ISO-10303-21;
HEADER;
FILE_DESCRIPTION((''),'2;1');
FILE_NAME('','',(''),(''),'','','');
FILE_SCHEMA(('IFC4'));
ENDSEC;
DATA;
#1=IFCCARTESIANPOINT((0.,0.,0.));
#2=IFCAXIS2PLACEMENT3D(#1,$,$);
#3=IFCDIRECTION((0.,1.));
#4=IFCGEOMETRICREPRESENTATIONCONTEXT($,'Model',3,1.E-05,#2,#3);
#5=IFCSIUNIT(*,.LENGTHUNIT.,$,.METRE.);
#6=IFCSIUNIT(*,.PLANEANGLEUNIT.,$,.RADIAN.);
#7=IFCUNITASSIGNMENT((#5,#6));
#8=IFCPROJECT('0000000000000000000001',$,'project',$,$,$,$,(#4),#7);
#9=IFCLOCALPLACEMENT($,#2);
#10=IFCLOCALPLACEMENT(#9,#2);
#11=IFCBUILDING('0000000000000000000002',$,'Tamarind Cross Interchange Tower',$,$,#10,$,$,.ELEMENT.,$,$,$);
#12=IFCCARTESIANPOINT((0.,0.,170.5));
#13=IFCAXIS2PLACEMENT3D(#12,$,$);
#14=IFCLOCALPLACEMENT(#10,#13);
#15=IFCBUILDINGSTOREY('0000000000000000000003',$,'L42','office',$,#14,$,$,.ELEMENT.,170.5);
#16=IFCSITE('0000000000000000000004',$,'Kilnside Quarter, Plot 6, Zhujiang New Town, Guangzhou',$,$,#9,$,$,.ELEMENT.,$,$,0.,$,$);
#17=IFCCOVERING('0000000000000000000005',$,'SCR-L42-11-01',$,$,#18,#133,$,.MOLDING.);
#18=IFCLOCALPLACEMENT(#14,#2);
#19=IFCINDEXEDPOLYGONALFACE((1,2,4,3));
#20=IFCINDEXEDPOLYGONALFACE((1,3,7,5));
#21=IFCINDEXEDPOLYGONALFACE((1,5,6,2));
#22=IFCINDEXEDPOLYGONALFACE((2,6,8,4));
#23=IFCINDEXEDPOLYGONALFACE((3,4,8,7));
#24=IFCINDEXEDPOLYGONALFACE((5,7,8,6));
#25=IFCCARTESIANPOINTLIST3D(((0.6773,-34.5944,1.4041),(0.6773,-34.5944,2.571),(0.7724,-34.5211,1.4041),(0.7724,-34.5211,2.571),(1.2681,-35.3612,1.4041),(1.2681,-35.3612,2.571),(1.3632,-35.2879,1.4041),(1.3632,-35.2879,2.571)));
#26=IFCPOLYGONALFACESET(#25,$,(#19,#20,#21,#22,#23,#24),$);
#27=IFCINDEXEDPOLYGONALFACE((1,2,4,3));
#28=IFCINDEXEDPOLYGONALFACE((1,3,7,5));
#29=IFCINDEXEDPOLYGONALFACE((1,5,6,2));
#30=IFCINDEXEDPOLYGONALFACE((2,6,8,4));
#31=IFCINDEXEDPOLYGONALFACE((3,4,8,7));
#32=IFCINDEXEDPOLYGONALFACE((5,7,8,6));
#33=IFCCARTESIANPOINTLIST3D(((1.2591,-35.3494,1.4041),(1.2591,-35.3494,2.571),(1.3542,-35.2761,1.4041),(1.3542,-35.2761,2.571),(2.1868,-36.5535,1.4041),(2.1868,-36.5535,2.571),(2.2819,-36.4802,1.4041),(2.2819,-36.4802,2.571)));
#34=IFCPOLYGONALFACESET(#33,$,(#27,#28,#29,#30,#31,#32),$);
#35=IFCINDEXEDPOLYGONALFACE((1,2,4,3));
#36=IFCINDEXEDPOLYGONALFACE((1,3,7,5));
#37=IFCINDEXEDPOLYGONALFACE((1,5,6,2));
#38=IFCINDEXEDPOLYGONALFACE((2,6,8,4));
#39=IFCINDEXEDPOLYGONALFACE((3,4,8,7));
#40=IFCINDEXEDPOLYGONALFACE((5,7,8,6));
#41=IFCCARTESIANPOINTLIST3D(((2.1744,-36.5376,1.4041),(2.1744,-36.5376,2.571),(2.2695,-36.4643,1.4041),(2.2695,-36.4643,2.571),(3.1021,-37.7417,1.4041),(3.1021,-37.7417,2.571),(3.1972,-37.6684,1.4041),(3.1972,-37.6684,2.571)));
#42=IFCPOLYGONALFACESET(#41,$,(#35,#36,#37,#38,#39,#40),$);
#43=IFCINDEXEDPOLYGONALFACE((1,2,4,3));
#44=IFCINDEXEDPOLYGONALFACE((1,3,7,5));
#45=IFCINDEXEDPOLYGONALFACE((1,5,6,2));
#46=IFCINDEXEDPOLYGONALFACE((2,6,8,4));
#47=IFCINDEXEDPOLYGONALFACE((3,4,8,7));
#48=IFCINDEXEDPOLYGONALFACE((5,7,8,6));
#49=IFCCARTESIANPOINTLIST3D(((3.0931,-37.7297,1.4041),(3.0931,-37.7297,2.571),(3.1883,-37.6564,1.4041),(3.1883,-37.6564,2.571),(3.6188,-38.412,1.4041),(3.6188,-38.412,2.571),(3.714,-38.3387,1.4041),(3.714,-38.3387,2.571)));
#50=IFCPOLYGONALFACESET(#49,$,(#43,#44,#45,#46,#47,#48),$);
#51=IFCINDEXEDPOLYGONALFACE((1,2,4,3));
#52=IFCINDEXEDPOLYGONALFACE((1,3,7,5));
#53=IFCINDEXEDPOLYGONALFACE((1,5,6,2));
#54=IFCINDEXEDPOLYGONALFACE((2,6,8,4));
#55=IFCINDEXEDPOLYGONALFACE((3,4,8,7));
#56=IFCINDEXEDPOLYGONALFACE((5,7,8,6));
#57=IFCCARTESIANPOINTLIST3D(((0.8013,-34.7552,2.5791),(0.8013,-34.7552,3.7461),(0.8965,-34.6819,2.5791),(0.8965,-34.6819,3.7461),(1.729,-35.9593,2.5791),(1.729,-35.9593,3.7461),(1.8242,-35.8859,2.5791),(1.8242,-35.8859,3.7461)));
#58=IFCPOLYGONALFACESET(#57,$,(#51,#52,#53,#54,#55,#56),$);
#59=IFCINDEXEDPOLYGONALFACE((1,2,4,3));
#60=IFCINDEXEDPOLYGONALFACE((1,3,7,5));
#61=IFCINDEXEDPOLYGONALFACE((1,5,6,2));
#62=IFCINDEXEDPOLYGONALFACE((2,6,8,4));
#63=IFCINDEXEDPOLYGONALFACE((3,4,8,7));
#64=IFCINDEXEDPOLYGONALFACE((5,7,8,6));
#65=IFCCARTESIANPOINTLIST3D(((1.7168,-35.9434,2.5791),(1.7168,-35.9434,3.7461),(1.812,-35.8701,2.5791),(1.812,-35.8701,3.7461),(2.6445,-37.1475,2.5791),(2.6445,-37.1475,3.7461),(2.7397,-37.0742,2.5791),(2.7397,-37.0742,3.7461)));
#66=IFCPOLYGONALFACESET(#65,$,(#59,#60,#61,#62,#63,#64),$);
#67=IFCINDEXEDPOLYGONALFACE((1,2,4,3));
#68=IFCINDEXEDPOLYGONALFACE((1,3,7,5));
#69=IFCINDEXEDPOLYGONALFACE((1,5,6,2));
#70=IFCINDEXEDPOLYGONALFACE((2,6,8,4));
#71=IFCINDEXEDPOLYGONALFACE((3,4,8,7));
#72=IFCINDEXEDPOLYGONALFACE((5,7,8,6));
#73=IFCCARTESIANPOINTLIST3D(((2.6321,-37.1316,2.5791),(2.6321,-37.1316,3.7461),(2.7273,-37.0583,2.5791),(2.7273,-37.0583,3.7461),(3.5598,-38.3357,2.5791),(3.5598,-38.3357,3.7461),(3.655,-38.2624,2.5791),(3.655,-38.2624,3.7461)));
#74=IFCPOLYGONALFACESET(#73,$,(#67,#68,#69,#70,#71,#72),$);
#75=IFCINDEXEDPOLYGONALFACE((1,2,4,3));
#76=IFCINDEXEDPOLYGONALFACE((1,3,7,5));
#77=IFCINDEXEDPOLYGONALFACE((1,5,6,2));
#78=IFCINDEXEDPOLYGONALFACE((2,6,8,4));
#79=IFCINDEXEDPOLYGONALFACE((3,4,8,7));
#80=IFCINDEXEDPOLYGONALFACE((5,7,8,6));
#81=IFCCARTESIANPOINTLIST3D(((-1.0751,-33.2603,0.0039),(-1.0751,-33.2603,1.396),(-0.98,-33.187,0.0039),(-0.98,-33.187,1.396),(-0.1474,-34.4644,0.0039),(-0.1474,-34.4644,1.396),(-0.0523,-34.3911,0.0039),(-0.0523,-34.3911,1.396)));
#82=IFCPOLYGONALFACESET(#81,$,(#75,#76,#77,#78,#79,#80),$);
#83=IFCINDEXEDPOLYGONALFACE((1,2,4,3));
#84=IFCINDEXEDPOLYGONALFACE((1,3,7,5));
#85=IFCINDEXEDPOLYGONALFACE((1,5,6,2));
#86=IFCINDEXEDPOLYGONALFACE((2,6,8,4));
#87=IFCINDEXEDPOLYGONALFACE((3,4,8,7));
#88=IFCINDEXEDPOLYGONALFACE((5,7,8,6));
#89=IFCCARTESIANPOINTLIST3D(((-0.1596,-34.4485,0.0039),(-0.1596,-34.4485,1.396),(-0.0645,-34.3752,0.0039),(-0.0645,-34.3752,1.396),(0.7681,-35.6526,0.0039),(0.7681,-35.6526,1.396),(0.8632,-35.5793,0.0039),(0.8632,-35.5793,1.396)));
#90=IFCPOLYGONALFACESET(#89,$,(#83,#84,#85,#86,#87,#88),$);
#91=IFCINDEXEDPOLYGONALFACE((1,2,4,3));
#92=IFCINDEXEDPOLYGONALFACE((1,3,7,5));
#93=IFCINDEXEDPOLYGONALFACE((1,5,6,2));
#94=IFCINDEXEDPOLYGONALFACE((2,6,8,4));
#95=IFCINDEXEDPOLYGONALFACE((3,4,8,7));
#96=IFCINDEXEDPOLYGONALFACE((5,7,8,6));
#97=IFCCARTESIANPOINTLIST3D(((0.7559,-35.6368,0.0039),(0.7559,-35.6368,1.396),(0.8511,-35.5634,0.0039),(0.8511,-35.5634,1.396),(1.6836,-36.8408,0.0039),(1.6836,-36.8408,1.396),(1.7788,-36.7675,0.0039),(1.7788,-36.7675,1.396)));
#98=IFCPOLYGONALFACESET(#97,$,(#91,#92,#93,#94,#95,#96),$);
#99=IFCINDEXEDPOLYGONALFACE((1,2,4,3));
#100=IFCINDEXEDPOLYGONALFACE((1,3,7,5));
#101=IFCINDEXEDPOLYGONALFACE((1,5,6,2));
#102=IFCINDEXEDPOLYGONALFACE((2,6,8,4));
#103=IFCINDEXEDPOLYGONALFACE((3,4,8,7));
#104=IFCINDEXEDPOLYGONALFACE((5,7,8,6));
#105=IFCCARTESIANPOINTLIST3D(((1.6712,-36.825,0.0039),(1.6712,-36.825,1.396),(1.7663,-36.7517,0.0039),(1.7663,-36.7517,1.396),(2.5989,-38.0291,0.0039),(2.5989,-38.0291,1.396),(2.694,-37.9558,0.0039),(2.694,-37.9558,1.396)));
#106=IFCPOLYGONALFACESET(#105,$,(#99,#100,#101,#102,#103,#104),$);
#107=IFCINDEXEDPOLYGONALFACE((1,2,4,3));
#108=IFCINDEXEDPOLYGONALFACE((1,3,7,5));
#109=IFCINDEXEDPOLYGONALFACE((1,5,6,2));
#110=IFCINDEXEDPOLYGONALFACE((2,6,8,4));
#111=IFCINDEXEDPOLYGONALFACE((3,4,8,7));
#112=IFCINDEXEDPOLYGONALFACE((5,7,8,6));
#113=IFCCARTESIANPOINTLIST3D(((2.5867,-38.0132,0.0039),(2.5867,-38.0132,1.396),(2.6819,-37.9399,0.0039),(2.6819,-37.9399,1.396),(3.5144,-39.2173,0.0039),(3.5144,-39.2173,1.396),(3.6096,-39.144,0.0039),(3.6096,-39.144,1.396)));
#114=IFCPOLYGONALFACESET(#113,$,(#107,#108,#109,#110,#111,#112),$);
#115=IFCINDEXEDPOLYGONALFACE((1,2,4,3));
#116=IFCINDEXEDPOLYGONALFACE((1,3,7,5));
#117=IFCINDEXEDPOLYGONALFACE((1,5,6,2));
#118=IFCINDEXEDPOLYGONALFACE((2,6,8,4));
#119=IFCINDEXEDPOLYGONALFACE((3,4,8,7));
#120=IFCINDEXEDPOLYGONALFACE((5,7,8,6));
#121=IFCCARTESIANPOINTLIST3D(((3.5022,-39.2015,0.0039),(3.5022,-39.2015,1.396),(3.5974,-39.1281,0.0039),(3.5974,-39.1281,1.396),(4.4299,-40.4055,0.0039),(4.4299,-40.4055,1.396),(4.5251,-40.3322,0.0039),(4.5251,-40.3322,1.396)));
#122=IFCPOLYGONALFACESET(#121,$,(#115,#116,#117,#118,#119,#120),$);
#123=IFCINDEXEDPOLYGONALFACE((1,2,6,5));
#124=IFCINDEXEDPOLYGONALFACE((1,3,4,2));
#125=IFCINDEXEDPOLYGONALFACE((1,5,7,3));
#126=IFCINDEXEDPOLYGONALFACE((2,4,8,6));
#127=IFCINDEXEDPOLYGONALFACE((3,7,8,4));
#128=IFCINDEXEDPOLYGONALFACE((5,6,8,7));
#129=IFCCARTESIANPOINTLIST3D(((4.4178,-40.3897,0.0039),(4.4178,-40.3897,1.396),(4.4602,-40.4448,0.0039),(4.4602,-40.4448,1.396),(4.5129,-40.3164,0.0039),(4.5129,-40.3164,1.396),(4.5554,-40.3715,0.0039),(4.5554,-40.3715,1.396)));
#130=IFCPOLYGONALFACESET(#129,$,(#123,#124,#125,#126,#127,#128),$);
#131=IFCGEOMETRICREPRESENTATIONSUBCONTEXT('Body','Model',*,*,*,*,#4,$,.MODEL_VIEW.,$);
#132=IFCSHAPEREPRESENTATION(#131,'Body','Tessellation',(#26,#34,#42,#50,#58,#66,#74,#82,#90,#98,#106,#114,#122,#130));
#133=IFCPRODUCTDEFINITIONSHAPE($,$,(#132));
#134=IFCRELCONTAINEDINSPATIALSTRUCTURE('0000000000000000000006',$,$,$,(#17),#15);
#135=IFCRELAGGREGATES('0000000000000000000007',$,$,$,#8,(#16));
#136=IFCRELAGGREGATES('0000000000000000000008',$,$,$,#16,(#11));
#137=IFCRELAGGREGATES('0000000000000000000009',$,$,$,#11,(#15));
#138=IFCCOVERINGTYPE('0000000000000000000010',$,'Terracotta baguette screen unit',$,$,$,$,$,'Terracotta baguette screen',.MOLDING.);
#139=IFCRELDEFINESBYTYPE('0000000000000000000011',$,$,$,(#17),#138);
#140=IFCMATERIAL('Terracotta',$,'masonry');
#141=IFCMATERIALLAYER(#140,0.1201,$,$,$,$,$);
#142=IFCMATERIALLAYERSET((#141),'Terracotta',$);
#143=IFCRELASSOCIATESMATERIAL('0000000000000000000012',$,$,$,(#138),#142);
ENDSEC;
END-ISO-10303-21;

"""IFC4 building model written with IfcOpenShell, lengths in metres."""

from ifc_helpers import new_model, si_unit, direction, frame, origin, origin_2d, place, context, subcontext, project, spatial, rectangle, extrude, material, layer, layer_set, type_object, element, save


model = new_model("IFC4")

# Units and contexts
model_context = context("Model", 3, precision=1e-05, world=origin(), true_north=direction((0.0, 1.0)))
body_context = subcontext(model_context, "Body", "Model", "MODEL_VIEW")
ifc_project = project(units=[si_unit("LENGTHUNIT", "METRE"), si_unit("PLANEANGLEUNIT", "RADIAN")], contexts=[model_context])

# Site, building, storey
site_placement = place(None, origin())
site = spatial("IfcSite", under=ifc_project, at=site_placement, Name="Kilnside Quarter, Plot 6, Zhujiang New Town, Guangzhou", CompositionType="ELEMENT", RefElevation=0.0)
building_placement = place(site_placement, origin())
building = spatial("IfcBuilding", under=site, at=building_placement, Name="Tamarind Cross Interchange Tower", CompositionType="ELEMENT")
storey_placement = place(building_placement, frame((0.0, 0.0, 170.5)))
storey = spatial("IfcBuildingStorey", under=building, at=storey_placement, Name="L42", Description="office", CompositionType="ELEMENT", Elevation=170.5)

# Covering
ifc_material_1 = material(Name="Terracotta", Category="masonry")
ifc_layer_1 = layer(ifc_material_1, 0.1201)
ifc_layer_set_1 = layer_set([ifc_layer_1], Name="Terracotta")
covering_type = type_object("IfcCoveringType", Name="Terracotta baguette screen unit", ElementType="Terracotta baguette screen", PredefinedType="MOLDING", material=ifc_layer_set_1)
covering_1_placement = place(storey_placement, origin())
element("IfcCovering", 1, at=covering_1_placement, inside=storey, type_object=covering_type, Name="SCR-L42-11-01", PredefinedType="MOLDING", context=body_context, shape_type="SweptSolid", body=[
    extrude(rectangle(XDim=0.968, YDim=0.1201, at=origin_2d()), frame((1.0203, -34.9412, 1.4041), z_axis=(0.0, 0.0, 1.0), x_axis=(0.610322, -0.792153, 0.0)), (0.0, 0.0, 1.0), 1.167),
    extrude(rectangle(XDim=1.52, YDim=0.1201, at=origin_2d()), frame((1.7705, -35.9148, 1.4041), z_axis=(0.0, 0.0, 1.0), x_axis=(0.610322, -0.792153, 0.0)), (0.0, 0.0, 1.0), 1.167),
    extrude(rectangle(XDim=1.52, YDim=0.1201, at=origin_2d()), frame((2.6858, -37.103, 1.4041), z_axis=(0.0, 0.0, 1.0), x_axis=(0.610322, -0.792153, 0.0)), (0.0, 0.0, 1.0), 1.167),
    extrude(rectangle(XDim=0.8613, YDim=0.1201, at=origin_2d()), frame((3.4036, -38.0342, 1.4041), z_axis=(0.0, 0.0, 1.0), x_axis=(0.610322, -0.792153, 0.0)), (0.0, 0.0, 1.0), 1.167),
    extrude(rectangle(XDim=1.52, YDim=0.1201, at=origin_2d()), frame((1.3127, -35.3206, 2.5791), z_axis=(0.0, 0.0, 1.0), x_axis=(0.610322, -0.792153, 0.0)), (0.0, 0.0, 1.0), 1.167),
    extrude(rectangle(XDim=1.52, YDim=0.1201, at=origin_2d()), frame((2.2283, -36.5088, 2.5791), z_axis=(0.0, 0.0, 1.0), x_axis=(0.610322, -0.792153, 0.0)), (0.0, 0.0, 1.0), 1.167),
    extrude(rectangle(XDim=1.52, YDim=0.1201, at=origin_2d()), frame((3.1436, -37.697, 2.5791), z_axis=(0.0, 0.0, 1.0), x_axis=(0.610322, -0.792153, 0.0)), (0.0, 0.0, 1.0), 1.167),
    extrude(rectangle(XDim=1.52, YDim=0.1201, at=origin_2d()), frame((-0.5637, -33.8257, 0.0039), z_axis=(0.0, 0.0, 1.0), x_axis=(0.610322, -0.792153, 0.0)), (0.0, 0.0, 1.0), 1.3921),
    extrude(rectangle(XDim=1.52, YDim=0.1201, at=origin_2d()), frame((0.3518, -35.0139, 0.0039), z_axis=(0.0, 0.0, 1.0), x_axis=(0.610322, -0.792153, 0.0)), (0.0, 0.0, 1.0), 1.3921),
    extrude(rectangle(XDim=1.52, YDim=0.1201, at=origin_2d()), frame((1.2673, -36.2021, 0.0039), z_axis=(0.0, 0.0, 1.0), x_axis=(0.610322, -0.792153, 0.0)), (0.0, 0.0, 1.0), 1.3921),
    extrude(rectangle(XDim=1.52, YDim=0.1201, at=origin_2d()), frame((2.1826, -37.3904, 0.0039), z_axis=(0.0, 0.0, 1.0), x_axis=(0.610322, -0.792153, 0.0)), (0.0, 0.0, 1.0), 1.3921),
    extrude(rectangle(XDim=1.52, YDim=0.1201, at=origin_2d()), frame((3.0981, -38.5786, 0.0039), z_axis=(0.0, 0.0, 1.0), x_axis=(0.610322, -0.792153, 0.0)), (0.0, 0.0, 1.0), 1.3921),
    extrude(rectangle(XDim=1.52, YDim=0.1201, at=origin_2d()), frame((4.0137, -39.7668, 0.0039), z_axis=(0.0, 0.0, 1.0), x_axis=(0.610322, -0.792153, 0.0)), (0.0, 0.0, 1.0), 1.3921),
    extrude(rectangle(XDim=0.0696, YDim=0.1201, at=origin_2d()), frame((4.4866, -40.3806, 0.0039), z_axis=(0.0, 0.0, 1.0), x_axis=(0.610322, -0.792153, 0.0)), (0.0, 0.0, 1.0), 1.3921),
])

save(model, "model.ifc")
